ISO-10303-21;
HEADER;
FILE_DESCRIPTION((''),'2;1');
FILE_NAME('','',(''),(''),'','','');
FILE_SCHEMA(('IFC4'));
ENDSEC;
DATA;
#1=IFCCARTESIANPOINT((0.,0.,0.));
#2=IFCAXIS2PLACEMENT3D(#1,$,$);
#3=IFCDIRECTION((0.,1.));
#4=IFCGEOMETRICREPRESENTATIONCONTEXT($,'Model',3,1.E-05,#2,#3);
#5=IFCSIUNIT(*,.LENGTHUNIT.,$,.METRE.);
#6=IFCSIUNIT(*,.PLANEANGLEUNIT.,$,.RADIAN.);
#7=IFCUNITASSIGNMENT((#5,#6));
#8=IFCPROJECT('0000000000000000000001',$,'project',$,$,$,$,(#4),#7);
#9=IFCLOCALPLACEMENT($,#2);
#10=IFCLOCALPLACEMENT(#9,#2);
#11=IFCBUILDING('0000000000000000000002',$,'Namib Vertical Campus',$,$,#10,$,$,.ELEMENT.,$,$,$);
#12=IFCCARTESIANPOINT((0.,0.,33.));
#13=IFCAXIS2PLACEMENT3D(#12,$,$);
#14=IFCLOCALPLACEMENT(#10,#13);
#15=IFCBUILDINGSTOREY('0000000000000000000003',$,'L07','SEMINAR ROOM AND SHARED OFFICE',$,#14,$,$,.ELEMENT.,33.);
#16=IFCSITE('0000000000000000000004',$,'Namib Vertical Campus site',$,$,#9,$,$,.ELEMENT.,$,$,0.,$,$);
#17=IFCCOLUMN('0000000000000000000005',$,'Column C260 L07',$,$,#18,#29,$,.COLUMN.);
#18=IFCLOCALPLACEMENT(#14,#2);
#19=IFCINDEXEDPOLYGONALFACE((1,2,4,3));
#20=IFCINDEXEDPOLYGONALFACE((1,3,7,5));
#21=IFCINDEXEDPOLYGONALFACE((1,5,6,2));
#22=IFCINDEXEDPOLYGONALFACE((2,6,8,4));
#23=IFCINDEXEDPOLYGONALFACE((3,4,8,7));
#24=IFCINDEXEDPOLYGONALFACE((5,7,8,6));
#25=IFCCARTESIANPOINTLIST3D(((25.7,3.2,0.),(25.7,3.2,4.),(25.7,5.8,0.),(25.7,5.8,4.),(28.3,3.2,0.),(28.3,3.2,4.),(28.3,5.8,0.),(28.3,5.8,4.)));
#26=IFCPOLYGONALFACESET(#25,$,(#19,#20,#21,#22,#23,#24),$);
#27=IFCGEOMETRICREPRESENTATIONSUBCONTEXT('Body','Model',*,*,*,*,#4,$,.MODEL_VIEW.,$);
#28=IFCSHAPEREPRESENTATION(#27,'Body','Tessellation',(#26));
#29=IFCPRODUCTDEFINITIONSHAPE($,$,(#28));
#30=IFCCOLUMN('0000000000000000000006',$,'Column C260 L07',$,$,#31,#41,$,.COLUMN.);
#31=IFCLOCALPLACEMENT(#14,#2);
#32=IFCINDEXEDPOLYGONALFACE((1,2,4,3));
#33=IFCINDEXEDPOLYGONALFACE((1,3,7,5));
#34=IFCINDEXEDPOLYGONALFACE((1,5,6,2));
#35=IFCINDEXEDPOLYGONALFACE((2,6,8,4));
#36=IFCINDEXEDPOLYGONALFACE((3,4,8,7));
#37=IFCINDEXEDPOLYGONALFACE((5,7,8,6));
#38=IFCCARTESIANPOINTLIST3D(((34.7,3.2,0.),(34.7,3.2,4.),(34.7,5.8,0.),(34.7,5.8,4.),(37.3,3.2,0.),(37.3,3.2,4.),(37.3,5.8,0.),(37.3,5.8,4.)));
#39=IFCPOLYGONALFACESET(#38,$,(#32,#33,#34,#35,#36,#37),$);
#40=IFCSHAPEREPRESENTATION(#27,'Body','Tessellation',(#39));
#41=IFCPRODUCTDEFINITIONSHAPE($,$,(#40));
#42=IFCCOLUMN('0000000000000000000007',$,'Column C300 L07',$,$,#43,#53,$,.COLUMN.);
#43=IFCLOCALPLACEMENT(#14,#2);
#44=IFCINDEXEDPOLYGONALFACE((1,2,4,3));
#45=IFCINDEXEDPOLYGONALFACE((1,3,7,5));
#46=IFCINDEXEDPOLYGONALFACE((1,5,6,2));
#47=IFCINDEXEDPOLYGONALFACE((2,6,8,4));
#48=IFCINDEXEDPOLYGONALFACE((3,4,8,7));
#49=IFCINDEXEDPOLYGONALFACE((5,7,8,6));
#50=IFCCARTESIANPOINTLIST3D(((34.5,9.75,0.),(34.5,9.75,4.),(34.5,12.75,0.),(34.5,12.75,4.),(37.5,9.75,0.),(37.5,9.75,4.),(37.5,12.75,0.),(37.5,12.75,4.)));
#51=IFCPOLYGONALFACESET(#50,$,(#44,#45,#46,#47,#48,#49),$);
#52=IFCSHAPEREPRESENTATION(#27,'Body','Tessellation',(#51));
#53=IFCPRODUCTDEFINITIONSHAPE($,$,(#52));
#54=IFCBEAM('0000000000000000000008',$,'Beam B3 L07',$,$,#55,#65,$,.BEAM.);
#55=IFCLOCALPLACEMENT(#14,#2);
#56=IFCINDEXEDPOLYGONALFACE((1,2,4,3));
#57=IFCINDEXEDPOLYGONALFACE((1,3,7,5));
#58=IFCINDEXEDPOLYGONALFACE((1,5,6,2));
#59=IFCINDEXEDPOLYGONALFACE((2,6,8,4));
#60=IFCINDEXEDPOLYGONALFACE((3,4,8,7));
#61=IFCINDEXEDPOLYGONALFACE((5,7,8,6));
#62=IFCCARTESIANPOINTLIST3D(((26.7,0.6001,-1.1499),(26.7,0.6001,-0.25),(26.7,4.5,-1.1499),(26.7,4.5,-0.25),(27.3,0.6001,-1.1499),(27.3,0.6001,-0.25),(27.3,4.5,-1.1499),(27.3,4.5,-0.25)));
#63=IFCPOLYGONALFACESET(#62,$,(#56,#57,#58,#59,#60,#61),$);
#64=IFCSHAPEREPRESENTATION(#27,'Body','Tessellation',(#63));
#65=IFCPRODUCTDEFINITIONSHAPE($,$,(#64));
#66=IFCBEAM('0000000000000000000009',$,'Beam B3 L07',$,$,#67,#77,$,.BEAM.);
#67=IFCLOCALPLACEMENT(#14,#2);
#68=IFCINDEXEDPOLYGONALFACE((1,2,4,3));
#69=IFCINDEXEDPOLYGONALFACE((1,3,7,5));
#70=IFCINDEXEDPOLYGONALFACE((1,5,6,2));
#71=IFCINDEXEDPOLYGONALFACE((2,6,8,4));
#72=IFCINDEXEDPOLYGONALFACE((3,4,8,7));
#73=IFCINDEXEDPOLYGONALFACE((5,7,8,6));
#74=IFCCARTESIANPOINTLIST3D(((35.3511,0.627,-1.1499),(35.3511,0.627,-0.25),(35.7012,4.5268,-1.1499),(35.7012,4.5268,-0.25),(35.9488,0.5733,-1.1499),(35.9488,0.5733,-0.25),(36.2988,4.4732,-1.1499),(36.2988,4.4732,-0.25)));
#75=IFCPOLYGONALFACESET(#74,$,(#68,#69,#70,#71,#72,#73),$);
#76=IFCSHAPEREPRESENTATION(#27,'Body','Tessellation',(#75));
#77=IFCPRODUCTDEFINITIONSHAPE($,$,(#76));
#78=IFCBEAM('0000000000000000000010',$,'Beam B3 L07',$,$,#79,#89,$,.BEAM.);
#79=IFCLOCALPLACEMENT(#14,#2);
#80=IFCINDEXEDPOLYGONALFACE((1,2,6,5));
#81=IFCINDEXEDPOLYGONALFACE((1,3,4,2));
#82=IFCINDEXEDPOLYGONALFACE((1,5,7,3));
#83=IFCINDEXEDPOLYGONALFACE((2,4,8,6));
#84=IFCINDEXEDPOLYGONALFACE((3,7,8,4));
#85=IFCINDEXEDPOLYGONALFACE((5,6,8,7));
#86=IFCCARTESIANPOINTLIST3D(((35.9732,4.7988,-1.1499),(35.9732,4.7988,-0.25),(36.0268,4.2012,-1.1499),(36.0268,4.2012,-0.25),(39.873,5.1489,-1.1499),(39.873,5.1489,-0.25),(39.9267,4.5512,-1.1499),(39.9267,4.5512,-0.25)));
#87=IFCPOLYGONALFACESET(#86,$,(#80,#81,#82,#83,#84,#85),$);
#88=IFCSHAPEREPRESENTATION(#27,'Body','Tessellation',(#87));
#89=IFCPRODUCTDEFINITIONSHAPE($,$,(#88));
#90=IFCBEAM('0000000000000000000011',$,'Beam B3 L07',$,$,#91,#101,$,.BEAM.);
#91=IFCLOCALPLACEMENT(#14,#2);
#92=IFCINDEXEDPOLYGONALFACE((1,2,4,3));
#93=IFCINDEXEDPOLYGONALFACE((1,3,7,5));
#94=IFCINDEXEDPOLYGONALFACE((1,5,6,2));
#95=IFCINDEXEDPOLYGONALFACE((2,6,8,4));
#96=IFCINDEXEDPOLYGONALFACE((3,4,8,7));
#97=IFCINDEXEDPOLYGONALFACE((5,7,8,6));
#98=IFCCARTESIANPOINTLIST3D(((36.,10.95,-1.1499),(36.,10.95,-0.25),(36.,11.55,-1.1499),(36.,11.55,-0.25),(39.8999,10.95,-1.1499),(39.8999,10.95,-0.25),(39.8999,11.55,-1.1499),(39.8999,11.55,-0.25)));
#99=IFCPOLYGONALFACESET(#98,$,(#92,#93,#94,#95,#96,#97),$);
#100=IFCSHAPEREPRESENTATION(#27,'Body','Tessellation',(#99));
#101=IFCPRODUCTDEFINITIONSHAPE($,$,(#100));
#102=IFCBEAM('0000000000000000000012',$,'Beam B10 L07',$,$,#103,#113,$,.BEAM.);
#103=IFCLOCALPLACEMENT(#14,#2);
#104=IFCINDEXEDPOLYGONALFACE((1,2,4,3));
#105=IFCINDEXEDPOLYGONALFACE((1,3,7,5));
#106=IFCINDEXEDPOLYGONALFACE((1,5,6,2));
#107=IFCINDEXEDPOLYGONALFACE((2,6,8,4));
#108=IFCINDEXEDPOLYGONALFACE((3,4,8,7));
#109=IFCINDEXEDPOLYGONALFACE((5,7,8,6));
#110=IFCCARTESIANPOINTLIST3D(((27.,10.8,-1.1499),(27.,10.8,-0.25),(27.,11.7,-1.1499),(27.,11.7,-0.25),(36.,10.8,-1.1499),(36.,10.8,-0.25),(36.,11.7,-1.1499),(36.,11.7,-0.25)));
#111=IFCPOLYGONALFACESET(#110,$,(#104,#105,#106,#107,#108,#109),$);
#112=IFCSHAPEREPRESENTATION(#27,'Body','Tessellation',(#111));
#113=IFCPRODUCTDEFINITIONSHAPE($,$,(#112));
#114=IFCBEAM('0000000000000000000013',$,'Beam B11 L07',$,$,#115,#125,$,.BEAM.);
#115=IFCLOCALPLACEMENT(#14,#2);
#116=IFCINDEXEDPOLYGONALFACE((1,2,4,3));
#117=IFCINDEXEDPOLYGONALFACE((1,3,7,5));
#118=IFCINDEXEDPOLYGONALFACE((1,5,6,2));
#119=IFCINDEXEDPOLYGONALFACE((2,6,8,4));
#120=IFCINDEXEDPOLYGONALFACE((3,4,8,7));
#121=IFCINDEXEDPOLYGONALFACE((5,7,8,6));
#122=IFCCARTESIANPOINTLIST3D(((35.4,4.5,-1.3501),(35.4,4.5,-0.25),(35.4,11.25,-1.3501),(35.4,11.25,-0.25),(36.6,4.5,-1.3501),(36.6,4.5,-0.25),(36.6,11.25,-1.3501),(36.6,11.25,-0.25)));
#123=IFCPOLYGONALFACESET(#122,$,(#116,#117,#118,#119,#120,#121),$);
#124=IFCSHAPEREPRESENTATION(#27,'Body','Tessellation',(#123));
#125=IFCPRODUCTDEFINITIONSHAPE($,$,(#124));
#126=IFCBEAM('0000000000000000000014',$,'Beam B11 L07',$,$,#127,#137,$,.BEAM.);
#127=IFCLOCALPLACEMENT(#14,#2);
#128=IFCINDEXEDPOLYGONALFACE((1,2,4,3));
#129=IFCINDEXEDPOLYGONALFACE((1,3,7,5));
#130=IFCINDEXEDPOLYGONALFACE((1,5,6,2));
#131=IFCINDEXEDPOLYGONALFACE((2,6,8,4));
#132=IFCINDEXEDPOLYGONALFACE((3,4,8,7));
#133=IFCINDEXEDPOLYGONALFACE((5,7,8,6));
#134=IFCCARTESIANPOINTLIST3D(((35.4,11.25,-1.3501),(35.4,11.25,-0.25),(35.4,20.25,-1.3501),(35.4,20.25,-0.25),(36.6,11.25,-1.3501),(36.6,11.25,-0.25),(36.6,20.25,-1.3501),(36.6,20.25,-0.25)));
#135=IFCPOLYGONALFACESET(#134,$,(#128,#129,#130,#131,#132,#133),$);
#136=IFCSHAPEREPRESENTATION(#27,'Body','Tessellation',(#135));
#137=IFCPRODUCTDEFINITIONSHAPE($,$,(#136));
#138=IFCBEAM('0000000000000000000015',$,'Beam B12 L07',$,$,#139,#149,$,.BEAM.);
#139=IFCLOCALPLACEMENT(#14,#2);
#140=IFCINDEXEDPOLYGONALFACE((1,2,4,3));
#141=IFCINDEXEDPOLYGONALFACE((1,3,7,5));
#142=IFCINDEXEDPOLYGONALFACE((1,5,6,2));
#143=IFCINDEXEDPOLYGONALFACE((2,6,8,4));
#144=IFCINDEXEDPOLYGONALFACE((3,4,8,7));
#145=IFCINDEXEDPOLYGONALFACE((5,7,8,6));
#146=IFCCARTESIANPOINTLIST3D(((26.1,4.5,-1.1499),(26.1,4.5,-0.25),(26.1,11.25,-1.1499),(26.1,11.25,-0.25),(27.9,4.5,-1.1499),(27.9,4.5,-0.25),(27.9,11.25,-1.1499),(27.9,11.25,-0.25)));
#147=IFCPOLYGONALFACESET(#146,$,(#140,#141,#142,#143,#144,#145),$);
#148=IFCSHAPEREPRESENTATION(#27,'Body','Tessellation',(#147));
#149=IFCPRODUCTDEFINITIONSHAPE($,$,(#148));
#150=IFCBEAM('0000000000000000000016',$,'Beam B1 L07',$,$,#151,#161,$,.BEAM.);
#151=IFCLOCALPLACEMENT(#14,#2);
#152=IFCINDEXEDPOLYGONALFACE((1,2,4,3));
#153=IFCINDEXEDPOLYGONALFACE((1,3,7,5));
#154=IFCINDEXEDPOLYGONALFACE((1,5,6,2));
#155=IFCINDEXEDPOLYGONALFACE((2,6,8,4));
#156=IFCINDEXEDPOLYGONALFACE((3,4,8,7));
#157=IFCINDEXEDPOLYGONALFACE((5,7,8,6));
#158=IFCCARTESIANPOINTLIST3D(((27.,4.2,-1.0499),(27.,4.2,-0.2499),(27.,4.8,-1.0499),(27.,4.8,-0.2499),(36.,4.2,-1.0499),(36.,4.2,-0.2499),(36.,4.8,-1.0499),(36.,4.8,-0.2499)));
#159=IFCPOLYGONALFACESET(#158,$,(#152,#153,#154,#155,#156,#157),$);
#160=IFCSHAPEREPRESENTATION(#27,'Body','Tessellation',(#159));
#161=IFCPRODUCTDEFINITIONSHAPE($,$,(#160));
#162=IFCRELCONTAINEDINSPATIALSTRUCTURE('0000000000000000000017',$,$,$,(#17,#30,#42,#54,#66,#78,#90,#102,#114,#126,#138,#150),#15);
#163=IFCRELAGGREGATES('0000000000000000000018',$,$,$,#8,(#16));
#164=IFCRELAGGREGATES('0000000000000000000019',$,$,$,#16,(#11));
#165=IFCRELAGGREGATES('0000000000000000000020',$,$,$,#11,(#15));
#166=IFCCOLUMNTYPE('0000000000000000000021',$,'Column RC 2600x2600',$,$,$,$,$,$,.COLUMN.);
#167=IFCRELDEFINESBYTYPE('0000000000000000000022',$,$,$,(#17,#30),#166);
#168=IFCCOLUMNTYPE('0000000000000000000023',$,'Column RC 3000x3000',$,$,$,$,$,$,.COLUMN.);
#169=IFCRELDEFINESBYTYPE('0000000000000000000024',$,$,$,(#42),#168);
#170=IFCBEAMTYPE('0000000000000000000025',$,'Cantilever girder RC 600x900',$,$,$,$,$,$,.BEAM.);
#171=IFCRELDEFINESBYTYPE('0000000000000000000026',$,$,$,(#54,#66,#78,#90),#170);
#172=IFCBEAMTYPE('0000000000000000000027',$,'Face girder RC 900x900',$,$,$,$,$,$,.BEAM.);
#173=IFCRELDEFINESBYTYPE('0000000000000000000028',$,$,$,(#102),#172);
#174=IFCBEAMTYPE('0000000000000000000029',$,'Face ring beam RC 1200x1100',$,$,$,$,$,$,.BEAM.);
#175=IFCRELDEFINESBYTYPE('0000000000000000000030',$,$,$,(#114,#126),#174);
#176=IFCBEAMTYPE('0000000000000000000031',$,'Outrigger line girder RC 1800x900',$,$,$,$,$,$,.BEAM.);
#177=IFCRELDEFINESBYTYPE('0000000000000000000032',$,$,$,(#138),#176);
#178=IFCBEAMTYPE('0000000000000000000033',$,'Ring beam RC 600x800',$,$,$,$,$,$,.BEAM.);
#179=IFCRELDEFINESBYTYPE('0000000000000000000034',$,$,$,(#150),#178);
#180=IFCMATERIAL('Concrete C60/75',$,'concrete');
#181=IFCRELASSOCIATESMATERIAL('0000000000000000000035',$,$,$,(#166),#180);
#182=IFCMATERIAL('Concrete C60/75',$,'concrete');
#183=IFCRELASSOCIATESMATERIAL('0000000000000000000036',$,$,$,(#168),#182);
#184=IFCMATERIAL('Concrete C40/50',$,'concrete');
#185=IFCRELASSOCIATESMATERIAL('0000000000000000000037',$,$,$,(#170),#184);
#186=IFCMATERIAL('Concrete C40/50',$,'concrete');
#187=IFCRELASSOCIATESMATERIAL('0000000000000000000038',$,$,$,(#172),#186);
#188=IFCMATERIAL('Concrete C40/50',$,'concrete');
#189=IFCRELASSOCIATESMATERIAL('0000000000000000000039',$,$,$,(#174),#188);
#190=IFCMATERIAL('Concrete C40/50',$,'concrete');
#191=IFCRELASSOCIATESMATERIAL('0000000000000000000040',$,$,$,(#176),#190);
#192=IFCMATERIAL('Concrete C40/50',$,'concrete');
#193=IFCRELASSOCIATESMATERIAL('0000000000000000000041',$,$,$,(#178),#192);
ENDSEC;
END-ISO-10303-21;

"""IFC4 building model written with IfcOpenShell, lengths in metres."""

from ifc_helpers import new_model, si_unit, direction, frame, origin, origin_2d, place, context, subcontext, project, spatial, rectangle, extrude, material, material_profile, profile_set, type_object, element, save


model = new_model("IFC4")

# Units and contexts
model_context = context("Model", 3, precision=1e-05, world=origin(), true_north=direction((0.0, 1.0)))
body_context = subcontext(model_context, "Body", "Model", "MODEL_VIEW")
ifc_project = project(units=[si_unit("LENGTHUNIT", "METRE"), si_unit("PLANEANGLEUNIT", "RADIAN")], contexts=[model_context])

# Site, building, storey
site_placement = place(None, origin())
site = spatial("IfcSite", under=ifc_project, at=site_placement, Name="Namib Vertical Campus site", CompositionType="ELEMENT", RefElevation=0.0)
building_placement = place(site_placement, origin())
building = spatial("IfcBuilding", under=site, at=building_placement, Name="Namib Vertical Campus", CompositionType="ELEMENT")
storey_placement = place(building_placement, frame((0.0, 0.0, 33.0)))
storey = spatial("IfcBuildingStorey", under=building, at=storey_placement, Name="L07", Description="SEMINAR ROOM AND SHARED OFFICE", CompositionType="ELEMENT", Elevation=33.0)

# Columns
ifc_material_1 = material(Name="Concrete C60/75", Category="concrete")
ifc_material_profile_1 = material_profile(ifc_material_1, rectangle(XDim=2.6001, YDim=2.6001, at=origin_2d()))
ifc_profile_set_1 = profile_set([ifc_material_profile_1], Name="Concrete C60/75")
column_type_1 = type_object("IfcColumnType", Name="Column RC 2600x2600", PredefinedType="COLUMN", material=ifc_profile_set_1)
for number, where, z_axis, x_axis, name in (
    (1, (27.0, 4.5, 0.0), (0.0, 0.0, 1.0), (1.0, 0.0, 0.0), "Column C260 L07"),
    (2, (36.0, 4.5, 0.0), (0.0, 0.0, 1.0), (1.0, 0.0, 0.0), "Column C260 L07"),
):
    element("IfcColumn", number, at=place(storey_placement, frame(where, z_axis=z_axis, x_axis=x_axis)), inside=storey, type_object=column_type_1, Name=name, PredefinedType="COLUMN", context=body_context, shape_type="SweptSolid", body=[
        extrude(rectangle(XDim=2.6001, YDim=2.6001, at=origin_2d()), origin(), (0.0, 0.0, 1.0), 4.0),
    ])
ifc_material_2 = material(Name="Concrete C60/75", Category="concrete")
ifc_material_profile_2 = material_profile(ifc_material_2, rectangle(XDim=3.0, YDim=3.0, at=origin_2d()))
ifc_profile_set_2 = profile_set([ifc_material_profile_2], Name="Concrete C60/75")
column_type_2 = type_object("IfcColumnType", Name="Column RC 3000x3000", PredefinedType="COLUMN", material=ifc_profile_set_2)
column_placement = place(storey_placement, frame((36.0, 11.25, 0.0), z_axis=(0.0, 0.0, 1.0), x_axis=(1.0, 0.0, 0.0)))
element("IfcColumn", 3, at=column_placement, inside=storey, type_object=column_type_2, Name="Column C300 L07", PredefinedType="COLUMN", context=body_context, shape_type="SweptSolid", body=[
    extrude(rectangle(XDim=3.0, YDim=3.0, at=origin_2d()), origin(), (0.0, 0.0, 1.0), 4.0),
])

# Beams
ifc_material_3 = material(Name="Concrete C40/50", Category="concrete")
ifc_material_profile_3 = material_profile(ifc_material_3, rectangle(XDim=0.6001, YDim=0.8999, at=origin_2d()))
ifc_profile_set_3 = profile_set([ifc_material_profile_3], Name="Concrete C40/50")
beam_type_1 = type_object("IfcBeamType", Name="Cantilever girder RC 600x900", PredefinedType="BEAM", material=ifc_profile_set_3)
beam_1_placement = place(storey_placement, frame((27.0, 4.5, -0.7), z_axis=(0.0, -1.0, 0.0), x_axis=(1.0, 0.0, 0.0)))
element("IfcBeam", 4, at=beam_1_placement, inside=storey, type_object=beam_type_1, Name="Beam B3 L07", PredefinedType="BEAM", context=body_context, shape_type="SweptSolid", body=[
    extrude(rectangle(XDim=0.6001, YDim=0.8999, at=origin_2d()), origin(), (0.0, 0.0, 1.0), 3.8999),
])
for number, where, z_axis, x_axis, name in (
    (5, (36.0, 4.5, -0.7), (-0.089411, -0.995995, 0.0), (0.995995, -0.089411, 0.0), "Beam B3 L07"),
    (6, (36.0, 4.5, -0.7), (0.995995, 0.089411, 0.0), (-0.089411, 0.995995, 0.0), "Beam B3 L07"),
):
    element("IfcBeam", number, at=place(storey_placement, frame(where, z_axis=z_axis, x_axis=x_axis)), inside=storey, type_object=beam_type_1, Name=name, PredefinedType="BEAM", context=body_context, shape_type="SweptSolid", body=[
        extrude(rectangle(XDim=0.6001, YDim=0.8999, at=origin_2d()), origin(), (0.0, 0.0, 1.0), 3.9155),
    ])
beam_2_placement = place(storey_placement, frame((36.0, 11.25, -0.7), z_axis=(1.0, 0.0, 0.0), x_axis=(0.0, 1.0, 0.0)))
element("IfcBeam", 7, at=beam_2_placement, inside=storey, type_object=beam_type_1, Name="Beam B3 L07", PredefinedType="BEAM", context=body_context, shape_type="SweptSolid", body=[
    extrude(rectangle(XDim=0.6001, YDim=0.8999, at=origin_2d()), origin(), (0.0, 0.0, 1.0), 3.8999),
])
ifc_material_4 = material(Name="Concrete C40/50", Category="concrete")
ifc_material_profile_4 = material_profile(ifc_material_4, rectangle(XDim=0.8999, YDim=0.8999, at=origin_2d()))
ifc_profile_set_4 = profile_set([ifc_material_profile_4], Name="Concrete C40/50")
beam_type_2 = type_object("IfcBeamType", Name="Face girder RC 900x900", PredefinedType="BEAM", material=ifc_profile_set_4)
beam_3_placement = place(storey_placement, frame((36.0, 11.25, -0.7), z_axis=(-1.0, 0.0, 0.0), x_axis=(0.0, -1.0, 0.0)))
element("IfcBeam", 8, at=beam_3_placement, inside=storey, type_object=beam_type_2, Name="Beam B10 L07", PredefinedType="BEAM", context=body_context, shape_type="SweptSolid", body=[
    extrude(rectangle(XDim=0.8999, YDim=0.8999, at=origin_2d()), origin(), (0.0, 0.0, 1.0), 9.0),
])
ifc_material_5 = material(Name="Concrete C40/50", Category="concrete")
ifc_material_profile_5 = material_profile(ifc_material_5, rectangle(XDim=1.2, YDim=1.1001, at=origin_2d()))
ifc_profile_set_5 = profile_set([ifc_material_profile_5], Name="Concrete C40/50")
beam_type_3 = type_object("IfcBeamType", Name="Face ring beam RC 1200x1100", PredefinedType="BEAM", material=ifc_profile_set_5)
beam_4_placement = place(storey_placement, frame((36.0, 4.5, -0.8), z_axis=(0.0, 1.0, 0.0), x_axis=(-1.0, 0.0, 0.0)))
element("IfcBeam", 9, at=beam_4_placement, inside=storey, type_object=beam_type_3, Name="Beam B11 L07", PredefinedType="BEAM", context=body_context, shape_type="SweptSolid", body=[
    extrude(rectangle(XDim=1.2, YDim=1.1001, at=origin_2d()), origin(), (0.0, 0.0, 1.0), 6.75),
])
beam_5_placement = place(storey_placement, frame((36.0, 11.25, -0.8), z_axis=(0.0, 1.0, 0.0), x_axis=(-1.0, 0.0, 0.0)))
element("IfcBeam", 10, at=beam_5_placement, inside=storey, type_object=beam_type_3, Name="Beam B11 L07", PredefinedType="BEAM", context=body_context, shape_type="SweptSolid", body=[
    extrude(rectangle(XDim=1.2, YDim=1.1001, at=origin_2d()), origin(), (0.0, 0.0, 1.0), 9.0),
])
ifc_material_6 = material(Name="Concrete C40/50", Category="concrete")
ifc_material_profile_6 = material_profile(ifc_material_6, rectangle(XDim=1.8, YDim=0.8999, at=origin_2d()))
ifc_profile_set_6 = profile_set([ifc_material_profile_6], Name="Concrete C40/50")
beam_type_4 = type_object("IfcBeamType", Name="Outrigger line girder RC 1800x900", PredefinedType="BEAM", material=ifc_profile_set_6)
beam_6_placement = place(storey_placement, frame((27.0, 4.5, -0.7), z_axis=(0.0, 1.0, 0.0), x_axis=(-1.0, 0.0, 0.0)))
element("IfcBeam", 11, at=beam_6_placement, inside=storey, type_object=beam_type_4, Name="Beam B12 L07", PredefinedType="BEAM", context=body_context, shape_type="SweptSolid", body=[
    extrude(rectangle(XDim=1.8, YDim=0.8999, at=origin_2d()), origin(), (0.0, 0.0, 1.0), 6.75),
])
ifc_material_7 = material(Name="Concrete C40/50", Category="concrete")
ifc_material_profile_7 = material_profile(ifc_material_7, rectangle(XDim=0.6001, YDim=0.8, at=origin_2d()))
ifc_profile_set_7 = profile_set([ifc_material_profile_7], Name="Concrete C40/50")
beam_type_5 = type_object("IfcBeamType", Name="Ring beam RC 600x800", PredefinedType="BEAM", material=ifc_profile_set_7)
beam_7_placement = place(storey_placement, frame((27.0, 4.5, -0.6499), z_axis=(1.0, 0.0, 0.0), x_axis=(0.0, 1.0, 0.0)))
element("IfcBeam", 12, at=beam_7_placement, inside=storey, type_object=beam_type_5, Name="Beam B1 L07", PredefinedType="BEAM", context=body_context, shape_type="SweptSolid", body=[
    extrude(rectangle(XDim=0.6001, YDim=0.8, at=origin_2d()), origin(), (0.0, 0.0, 1.0), 9.0),
])

save(model, "model.ifc")
